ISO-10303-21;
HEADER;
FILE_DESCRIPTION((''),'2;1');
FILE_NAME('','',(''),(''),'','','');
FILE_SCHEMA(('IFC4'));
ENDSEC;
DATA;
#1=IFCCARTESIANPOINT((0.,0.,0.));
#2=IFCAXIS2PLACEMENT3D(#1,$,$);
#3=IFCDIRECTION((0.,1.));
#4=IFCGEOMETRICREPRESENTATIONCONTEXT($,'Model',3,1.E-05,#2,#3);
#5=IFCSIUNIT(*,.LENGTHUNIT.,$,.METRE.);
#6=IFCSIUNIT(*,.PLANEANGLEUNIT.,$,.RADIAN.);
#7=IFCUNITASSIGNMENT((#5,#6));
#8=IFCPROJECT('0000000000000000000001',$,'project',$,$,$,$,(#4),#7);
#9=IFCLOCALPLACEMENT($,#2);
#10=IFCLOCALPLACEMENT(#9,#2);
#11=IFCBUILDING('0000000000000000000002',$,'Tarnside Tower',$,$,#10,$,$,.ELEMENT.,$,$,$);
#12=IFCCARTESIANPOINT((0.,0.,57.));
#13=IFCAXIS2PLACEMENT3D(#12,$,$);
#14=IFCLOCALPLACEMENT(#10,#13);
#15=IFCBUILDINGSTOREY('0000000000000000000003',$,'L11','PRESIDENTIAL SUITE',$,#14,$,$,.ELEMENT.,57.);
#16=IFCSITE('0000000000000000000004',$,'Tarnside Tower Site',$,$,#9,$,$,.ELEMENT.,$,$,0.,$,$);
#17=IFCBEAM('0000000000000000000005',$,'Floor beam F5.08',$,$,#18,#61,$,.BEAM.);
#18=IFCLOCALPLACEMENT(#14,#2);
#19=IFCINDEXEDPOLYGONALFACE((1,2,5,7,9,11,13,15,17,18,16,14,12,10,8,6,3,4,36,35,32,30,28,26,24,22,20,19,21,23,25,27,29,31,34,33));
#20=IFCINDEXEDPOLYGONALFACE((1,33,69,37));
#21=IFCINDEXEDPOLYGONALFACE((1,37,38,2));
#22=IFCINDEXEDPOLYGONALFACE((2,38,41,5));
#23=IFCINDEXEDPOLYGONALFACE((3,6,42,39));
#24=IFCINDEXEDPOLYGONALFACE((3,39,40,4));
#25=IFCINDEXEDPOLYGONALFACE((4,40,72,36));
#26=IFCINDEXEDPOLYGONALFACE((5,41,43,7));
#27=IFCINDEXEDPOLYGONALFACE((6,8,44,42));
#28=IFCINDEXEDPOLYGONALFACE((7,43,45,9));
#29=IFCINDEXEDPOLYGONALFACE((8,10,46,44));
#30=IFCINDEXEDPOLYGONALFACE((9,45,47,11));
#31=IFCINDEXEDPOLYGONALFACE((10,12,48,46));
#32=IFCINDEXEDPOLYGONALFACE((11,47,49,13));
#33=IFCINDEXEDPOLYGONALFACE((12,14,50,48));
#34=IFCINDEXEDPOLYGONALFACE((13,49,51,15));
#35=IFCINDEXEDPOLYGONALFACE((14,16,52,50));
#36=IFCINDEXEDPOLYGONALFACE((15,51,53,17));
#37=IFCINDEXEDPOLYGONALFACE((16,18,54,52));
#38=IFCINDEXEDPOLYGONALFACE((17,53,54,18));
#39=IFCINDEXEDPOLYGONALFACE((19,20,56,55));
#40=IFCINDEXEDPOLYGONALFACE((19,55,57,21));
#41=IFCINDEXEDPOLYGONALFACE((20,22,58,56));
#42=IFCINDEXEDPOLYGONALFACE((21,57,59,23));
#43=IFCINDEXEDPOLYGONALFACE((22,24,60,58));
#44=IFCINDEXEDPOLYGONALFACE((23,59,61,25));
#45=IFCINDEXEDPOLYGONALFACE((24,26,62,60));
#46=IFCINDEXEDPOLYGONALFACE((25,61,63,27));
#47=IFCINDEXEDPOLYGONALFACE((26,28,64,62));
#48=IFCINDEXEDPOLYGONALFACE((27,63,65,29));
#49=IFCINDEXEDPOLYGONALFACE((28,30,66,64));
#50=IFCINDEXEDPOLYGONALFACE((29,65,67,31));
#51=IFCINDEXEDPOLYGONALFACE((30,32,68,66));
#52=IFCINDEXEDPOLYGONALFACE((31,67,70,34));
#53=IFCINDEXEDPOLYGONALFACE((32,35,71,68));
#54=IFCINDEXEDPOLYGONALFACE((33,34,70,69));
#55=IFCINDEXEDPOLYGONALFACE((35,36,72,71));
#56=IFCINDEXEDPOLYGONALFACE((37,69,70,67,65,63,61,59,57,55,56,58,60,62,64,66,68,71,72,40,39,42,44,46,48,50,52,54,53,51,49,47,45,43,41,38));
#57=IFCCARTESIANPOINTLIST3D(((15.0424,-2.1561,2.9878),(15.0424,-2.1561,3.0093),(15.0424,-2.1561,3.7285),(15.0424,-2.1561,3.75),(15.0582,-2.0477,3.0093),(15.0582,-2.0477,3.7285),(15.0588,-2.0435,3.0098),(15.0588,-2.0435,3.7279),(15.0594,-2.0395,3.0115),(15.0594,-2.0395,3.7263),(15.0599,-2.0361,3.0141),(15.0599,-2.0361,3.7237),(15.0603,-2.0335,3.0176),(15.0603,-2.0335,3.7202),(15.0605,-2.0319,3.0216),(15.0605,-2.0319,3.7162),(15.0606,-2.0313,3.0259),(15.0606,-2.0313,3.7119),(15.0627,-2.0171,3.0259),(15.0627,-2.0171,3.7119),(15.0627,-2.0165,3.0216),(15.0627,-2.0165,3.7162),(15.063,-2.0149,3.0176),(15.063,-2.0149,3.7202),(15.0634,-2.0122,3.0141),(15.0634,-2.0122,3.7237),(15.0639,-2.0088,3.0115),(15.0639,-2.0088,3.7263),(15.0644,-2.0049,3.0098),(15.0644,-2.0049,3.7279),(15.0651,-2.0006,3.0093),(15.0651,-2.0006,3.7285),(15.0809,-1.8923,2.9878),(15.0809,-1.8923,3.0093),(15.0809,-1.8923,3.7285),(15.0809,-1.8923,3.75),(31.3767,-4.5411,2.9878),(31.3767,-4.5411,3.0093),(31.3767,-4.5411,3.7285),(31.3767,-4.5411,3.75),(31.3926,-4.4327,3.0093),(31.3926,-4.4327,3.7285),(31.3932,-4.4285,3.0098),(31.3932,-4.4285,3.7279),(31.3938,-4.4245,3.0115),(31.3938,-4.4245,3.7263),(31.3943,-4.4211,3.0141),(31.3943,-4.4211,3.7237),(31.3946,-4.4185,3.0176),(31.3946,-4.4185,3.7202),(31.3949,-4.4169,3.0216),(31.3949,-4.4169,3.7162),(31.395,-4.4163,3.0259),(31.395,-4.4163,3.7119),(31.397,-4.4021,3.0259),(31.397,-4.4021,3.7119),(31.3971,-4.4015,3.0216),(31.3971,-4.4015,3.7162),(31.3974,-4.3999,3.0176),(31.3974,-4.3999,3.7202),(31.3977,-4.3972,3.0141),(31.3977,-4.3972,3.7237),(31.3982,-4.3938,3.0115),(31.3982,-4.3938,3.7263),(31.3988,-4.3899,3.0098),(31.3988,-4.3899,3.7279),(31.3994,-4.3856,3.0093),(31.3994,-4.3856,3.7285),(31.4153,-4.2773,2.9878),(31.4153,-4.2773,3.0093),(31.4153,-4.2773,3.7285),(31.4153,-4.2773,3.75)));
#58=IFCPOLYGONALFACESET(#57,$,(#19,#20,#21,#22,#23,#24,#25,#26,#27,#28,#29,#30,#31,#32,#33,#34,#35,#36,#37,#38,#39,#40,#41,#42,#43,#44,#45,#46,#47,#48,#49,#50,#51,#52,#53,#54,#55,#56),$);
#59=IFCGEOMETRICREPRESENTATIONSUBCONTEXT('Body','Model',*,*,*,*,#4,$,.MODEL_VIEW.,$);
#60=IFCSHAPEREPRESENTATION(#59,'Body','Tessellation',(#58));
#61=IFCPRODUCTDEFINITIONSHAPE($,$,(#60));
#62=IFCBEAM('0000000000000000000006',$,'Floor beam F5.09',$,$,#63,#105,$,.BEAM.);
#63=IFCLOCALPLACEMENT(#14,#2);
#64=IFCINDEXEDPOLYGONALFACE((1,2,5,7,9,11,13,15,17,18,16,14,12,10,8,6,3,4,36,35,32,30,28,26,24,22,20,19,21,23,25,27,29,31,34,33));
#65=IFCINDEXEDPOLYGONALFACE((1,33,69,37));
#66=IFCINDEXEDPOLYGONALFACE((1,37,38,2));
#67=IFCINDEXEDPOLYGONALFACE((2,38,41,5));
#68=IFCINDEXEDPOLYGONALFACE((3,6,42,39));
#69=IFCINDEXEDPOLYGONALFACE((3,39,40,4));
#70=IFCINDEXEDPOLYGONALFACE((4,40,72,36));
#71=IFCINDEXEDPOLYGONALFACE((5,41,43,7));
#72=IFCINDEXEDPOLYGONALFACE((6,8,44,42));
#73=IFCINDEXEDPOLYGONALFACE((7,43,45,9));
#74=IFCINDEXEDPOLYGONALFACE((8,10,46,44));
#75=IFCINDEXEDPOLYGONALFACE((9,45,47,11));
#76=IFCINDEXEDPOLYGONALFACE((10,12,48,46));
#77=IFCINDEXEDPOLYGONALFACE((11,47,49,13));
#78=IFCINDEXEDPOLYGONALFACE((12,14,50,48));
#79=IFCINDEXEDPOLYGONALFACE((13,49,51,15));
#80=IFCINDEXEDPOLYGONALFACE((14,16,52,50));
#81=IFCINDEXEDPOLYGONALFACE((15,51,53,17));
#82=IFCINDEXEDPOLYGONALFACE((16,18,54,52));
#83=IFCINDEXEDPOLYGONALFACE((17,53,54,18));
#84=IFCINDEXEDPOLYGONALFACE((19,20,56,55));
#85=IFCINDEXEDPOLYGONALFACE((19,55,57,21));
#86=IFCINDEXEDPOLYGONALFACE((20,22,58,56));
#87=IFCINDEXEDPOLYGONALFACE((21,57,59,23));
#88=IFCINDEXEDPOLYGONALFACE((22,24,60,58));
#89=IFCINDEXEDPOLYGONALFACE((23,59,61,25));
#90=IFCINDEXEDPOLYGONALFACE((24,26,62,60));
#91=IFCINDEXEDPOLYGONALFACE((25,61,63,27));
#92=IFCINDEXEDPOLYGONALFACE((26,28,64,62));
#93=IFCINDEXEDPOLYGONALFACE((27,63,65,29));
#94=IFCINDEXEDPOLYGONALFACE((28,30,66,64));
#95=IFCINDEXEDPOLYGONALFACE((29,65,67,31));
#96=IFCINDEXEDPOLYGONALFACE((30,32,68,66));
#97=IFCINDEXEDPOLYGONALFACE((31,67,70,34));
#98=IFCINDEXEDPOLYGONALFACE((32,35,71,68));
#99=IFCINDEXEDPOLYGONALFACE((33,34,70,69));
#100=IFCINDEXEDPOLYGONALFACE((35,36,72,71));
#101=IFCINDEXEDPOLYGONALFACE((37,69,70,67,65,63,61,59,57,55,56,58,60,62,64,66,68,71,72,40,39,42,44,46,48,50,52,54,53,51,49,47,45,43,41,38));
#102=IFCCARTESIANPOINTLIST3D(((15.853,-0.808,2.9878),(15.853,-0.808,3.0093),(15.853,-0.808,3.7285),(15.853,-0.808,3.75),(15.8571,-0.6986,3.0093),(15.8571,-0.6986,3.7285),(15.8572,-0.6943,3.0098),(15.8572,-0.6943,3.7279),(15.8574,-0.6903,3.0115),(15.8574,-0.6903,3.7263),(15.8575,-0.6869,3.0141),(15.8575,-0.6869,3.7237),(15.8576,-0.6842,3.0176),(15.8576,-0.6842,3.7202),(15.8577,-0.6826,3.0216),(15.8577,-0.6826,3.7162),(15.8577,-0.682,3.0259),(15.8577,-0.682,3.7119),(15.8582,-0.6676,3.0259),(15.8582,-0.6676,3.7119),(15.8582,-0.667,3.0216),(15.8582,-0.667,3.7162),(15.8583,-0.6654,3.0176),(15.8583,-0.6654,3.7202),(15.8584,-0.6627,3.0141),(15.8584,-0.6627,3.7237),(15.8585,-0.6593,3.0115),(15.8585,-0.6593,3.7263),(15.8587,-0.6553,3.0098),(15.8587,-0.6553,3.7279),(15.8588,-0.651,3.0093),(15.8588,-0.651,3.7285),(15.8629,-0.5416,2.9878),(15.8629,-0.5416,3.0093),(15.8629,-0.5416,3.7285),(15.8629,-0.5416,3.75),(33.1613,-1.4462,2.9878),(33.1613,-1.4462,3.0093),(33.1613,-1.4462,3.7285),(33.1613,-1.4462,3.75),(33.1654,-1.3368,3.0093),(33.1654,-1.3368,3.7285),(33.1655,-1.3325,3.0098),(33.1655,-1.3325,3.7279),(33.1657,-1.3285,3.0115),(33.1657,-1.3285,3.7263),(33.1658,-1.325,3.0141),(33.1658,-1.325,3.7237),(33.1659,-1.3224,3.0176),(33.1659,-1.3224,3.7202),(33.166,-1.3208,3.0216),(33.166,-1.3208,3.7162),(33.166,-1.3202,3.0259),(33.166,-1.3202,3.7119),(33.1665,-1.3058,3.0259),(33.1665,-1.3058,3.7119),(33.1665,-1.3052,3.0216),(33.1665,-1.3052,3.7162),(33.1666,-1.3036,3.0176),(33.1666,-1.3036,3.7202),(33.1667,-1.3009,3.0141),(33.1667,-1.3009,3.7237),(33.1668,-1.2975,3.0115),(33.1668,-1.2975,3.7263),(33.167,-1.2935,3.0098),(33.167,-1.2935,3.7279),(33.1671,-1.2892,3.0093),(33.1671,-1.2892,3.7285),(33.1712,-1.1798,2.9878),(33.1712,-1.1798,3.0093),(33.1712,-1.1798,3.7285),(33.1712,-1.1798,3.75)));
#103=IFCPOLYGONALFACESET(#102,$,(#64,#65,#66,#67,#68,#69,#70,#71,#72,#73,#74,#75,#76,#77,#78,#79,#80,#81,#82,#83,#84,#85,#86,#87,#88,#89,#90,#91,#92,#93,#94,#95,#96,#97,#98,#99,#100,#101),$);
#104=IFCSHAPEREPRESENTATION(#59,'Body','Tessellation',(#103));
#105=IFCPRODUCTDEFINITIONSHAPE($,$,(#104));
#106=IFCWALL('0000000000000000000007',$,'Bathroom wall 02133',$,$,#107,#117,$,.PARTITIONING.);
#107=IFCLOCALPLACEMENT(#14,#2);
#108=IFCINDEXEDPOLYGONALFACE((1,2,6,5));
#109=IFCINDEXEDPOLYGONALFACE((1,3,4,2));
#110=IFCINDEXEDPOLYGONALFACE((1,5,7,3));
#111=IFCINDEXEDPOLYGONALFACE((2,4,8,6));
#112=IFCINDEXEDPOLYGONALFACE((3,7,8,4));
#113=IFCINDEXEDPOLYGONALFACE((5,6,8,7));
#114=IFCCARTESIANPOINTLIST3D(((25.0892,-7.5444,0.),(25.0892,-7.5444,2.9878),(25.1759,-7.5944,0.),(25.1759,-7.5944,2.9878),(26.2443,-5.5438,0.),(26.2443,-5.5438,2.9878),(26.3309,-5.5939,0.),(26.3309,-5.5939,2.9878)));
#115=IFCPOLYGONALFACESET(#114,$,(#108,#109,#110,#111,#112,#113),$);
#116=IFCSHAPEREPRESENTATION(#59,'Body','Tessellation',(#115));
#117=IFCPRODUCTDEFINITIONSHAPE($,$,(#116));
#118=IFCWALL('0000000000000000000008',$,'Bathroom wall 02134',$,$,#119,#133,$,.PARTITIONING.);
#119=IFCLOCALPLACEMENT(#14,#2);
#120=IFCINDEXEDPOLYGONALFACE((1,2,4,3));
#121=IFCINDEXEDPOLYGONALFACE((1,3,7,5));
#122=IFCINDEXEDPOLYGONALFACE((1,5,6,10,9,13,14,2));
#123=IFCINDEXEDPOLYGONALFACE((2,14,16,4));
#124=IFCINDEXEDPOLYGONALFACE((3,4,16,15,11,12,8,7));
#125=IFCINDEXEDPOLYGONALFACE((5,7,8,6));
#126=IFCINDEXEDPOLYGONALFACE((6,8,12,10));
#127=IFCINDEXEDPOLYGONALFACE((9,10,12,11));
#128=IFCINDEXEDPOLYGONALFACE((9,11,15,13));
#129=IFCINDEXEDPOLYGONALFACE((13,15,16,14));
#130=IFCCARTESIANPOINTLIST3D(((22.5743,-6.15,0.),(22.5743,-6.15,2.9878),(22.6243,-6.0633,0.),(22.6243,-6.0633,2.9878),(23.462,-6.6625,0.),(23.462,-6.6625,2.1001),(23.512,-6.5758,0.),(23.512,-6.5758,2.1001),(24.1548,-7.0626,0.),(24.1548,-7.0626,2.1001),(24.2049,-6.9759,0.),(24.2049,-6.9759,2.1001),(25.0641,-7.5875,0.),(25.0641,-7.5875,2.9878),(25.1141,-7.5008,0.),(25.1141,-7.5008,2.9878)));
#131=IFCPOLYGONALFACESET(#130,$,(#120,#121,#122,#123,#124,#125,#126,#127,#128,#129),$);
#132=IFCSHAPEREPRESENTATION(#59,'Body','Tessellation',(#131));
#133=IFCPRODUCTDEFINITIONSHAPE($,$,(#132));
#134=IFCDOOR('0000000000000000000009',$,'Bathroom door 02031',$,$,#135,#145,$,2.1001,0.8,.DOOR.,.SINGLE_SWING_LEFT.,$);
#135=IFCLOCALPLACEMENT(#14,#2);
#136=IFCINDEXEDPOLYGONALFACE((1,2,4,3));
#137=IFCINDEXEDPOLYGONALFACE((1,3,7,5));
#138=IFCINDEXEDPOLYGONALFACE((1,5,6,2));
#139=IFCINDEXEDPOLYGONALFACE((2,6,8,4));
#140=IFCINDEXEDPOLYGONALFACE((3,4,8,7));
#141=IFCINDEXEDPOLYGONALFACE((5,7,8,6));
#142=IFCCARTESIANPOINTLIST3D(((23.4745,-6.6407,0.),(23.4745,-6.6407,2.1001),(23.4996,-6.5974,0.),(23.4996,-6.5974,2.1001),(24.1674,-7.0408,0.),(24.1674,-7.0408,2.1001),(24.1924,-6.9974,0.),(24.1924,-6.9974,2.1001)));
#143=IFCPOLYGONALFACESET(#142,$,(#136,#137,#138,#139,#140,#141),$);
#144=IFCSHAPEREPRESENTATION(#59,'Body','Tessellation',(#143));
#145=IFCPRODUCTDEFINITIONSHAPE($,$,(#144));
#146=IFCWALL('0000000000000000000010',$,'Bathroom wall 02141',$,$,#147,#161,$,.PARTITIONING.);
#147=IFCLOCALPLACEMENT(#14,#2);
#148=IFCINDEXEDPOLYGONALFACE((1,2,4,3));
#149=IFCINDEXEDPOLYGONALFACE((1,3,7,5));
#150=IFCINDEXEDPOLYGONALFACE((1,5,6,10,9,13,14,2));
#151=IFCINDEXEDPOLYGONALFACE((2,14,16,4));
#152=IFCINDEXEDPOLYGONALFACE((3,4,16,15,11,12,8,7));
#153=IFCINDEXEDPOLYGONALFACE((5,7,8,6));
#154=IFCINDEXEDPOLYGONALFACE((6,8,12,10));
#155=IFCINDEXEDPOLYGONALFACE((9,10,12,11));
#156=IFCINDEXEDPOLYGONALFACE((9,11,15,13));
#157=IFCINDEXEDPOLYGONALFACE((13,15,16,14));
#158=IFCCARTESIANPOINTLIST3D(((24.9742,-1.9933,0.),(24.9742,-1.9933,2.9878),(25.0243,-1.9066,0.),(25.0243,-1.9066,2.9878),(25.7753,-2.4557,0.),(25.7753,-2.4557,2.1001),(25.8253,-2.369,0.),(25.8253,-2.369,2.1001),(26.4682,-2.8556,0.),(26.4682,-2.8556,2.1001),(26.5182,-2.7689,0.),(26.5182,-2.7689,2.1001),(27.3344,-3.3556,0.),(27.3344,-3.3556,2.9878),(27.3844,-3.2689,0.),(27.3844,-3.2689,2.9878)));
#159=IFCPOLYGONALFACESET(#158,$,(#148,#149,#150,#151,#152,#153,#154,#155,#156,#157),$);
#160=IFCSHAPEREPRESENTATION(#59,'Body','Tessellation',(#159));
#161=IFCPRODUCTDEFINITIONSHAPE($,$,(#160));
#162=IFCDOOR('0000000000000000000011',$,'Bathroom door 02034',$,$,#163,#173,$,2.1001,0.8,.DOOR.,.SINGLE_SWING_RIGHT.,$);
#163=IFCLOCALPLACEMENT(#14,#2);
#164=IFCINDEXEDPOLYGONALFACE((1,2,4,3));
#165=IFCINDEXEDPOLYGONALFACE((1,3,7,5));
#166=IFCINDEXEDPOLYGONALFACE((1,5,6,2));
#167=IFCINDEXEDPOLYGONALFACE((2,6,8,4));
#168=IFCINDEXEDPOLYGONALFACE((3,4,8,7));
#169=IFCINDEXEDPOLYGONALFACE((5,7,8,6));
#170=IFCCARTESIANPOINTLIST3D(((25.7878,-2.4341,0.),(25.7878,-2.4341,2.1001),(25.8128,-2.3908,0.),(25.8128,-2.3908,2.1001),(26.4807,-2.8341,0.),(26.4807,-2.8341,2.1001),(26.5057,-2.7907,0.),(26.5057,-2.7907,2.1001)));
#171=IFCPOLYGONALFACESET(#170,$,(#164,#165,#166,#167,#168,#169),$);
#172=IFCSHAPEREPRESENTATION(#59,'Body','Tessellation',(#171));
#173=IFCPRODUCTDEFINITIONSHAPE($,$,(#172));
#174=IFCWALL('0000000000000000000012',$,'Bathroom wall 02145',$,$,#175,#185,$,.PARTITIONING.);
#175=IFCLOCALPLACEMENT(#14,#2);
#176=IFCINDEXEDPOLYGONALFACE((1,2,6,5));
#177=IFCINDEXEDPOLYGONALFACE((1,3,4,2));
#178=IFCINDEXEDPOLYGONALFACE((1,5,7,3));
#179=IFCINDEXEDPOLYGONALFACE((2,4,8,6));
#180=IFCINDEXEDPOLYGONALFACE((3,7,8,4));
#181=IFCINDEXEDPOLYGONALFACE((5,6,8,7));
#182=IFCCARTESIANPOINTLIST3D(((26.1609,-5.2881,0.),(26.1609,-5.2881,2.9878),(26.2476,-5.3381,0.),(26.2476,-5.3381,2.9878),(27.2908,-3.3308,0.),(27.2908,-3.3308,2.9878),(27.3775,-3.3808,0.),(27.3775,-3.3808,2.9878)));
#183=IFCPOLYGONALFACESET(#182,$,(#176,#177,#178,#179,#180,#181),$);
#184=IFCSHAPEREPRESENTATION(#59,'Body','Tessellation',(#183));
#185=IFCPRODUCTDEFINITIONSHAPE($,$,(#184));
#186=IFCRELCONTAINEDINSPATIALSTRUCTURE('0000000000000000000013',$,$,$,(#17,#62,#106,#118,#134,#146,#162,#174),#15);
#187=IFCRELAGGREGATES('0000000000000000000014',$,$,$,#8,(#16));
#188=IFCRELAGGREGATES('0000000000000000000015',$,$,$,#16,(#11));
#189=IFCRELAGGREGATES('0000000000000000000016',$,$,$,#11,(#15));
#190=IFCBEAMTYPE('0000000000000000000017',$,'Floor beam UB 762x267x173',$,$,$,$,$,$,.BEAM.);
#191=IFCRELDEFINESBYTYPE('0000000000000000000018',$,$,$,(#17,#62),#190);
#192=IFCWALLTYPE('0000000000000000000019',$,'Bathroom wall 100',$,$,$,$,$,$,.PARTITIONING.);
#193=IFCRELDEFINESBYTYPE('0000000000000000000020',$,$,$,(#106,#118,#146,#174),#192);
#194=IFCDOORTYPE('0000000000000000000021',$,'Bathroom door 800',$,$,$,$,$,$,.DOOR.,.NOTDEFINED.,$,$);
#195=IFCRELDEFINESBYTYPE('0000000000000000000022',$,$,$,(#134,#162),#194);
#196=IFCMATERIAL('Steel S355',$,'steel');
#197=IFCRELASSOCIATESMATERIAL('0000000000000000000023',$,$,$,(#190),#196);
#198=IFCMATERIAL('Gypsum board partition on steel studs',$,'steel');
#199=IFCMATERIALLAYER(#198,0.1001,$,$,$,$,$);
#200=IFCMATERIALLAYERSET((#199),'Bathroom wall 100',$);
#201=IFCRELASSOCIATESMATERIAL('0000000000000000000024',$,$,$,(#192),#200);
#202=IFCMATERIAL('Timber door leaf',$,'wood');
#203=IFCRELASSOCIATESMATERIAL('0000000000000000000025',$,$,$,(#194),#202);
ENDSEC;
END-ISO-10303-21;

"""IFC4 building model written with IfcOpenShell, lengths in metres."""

from ifc_helpers import new_model, si_unit, direction, frame, frame_2d, origin, origin_2d, place, context, subcontext, project, spatial, rectangle, i_section, extrude, material, layer, layer_set, material_profile, profile_set, type_object, element, fill, save


model = new_model("IFC4")

# Units and contexts
model_context = context("Model", 3, precision=1e-05, world=origin(), true_north=direction((0.0, 1.0)))
body_context = subcontext(model_context, "Body", "Model", "MODEL_VIEW")
ifc_project = project(units=[si_unit("LENGTHUNIT", "METRE"), si_unit("PLANEANGLEUNIT", "RADIAN")], contexts=[model_context])

# Site, building, storey
site_placement = place(None, origin())
site = spatial("IfcSite", under=ifc_project, at=site_placement, Name="Tarnside Tower Site", CompositionType="ELEMENT", RefElevation=0.0)
building_placement = place(site_placement, origin())
building = spatial("IfcBuilding", under=site, at=building_placement, Name="Tarnside Tower", CompositionType="ELEMENT")
storey_placement = place(building_placement, frame((0.0, 0.0, 57.0)))
storey = spatial("IfcBuildingStorey", under=building, at=storey_placement, Name="L11", Description="PRESIDENTIAL SUITE", CompositionType="ELEMENT", Elevation=57.0)

# Beams
ifc_material_1 = material(Name="Steel S355", Category="steel")
ifc_material_profile_1 = material_profile(ifc_material_1, i_section(OverallWidth=0.2666, OverallDepth=0.7622, WebThickness=0.0144, FlangeThickness=0.0215, FilletRadius=0.0166, at=origin_2d()), Name="UB 762x267x173")
ifc_profile_set_1 = profile_set([ifc_material_profile_1], Name="Steel S355")
beam_type_1 = type_object("IfcBeamType", Name="Floor beam UB 762x267x173", PredefinedType="BEAM", material=ifc_profile_set_1)
beam_1_placement = place(storey_placement, frame((31.396, -4.4092, 3.3689), z_axis=(-0.989508, 0.144479, 0.0), x_axis=(-0.144479, -0.989508, 0.0)))
element("IfcBeam", 1, at=beam_1_placement, inside=storey, type_object=beam_type_1, Name="Floor beam F5.08", PredefinedType="BEAM", context=body_context, shape_type="SweptSolid", body=[
    extrude(i_section(OverallWidth=0.2666, OverallDepth=0.7622, WebThickness=0.0144, FlangeThickness=0.0215, FilletRadius=0.0166, at=origin_2d()), origin(), (0.0, 0.0, 1.0), 16.5076),
])
beam_2_placement = place(storey_placement, frame((33.1663, -1.313, 3.3689), z_axis=(-0.999321, 0.036846, 0.0), x_axis=(-0.036846, -0.999321, 0.0)))
element("IfcBeam", 2, at=beam_2_placement, inside=storey, type_object=beam_type_1, Name="Floor beam F5.09", PredefinedType="BEAM", context=body_context, shape_type="SweptSolid", body=[
    extrude(i_section(OverallWidth=0.2666, OverallDepth=0.7622, WebThickness=0.0144, FlangeThickness=0.0215, FilletRadius=0.0166, at=origin_2d()), origin(), (0.0, 0.0, 1.0), 17.3201),
])

# Wall
ifc_material_2 = material(Name="Gypsum board partition on steel studs", Category="steel")
ifc_layer_1 = layer(ifc_material_2, 0.1001)
ifc_layer_set_1 = layer_set([ifc_layer_1], Name="Bathroom wall 100")
wall_type_1 = type_object("IfcWallType", Name="Bathroom wall 100", PredefinedType="PARTITIONING", material=ifc_layer_set_1)
wall_1_placement = place(storey_placement, frame((26.2876, -5.5688, 0.0), z_axis=(0.0, 0.0, 1.0), x_axis=(-0.500015, -0.866017, 0.0)))
element("IfcWall", 3, at=wall_1_placement, inside=storey, type_object=wall_type_1, Name="Bathroom wall 02133", PredefinedType="PARTITIONING", context=body_context, shape_type="SweptSolid", body=[
    extrude(rectangle(XDim=2.3101, YDim=0.1001, at=frame_2d((1.155, 0.0))), origin(), (0.0, 0.0, 1.0), 2.9878),
])

# Walls, openings, doors
wall_2_placement = place(storey_placement, frame((25.0891, -7.5442, 0.0), z_axis=(0.0, 0.0, 1.0), x_axis=(-0.866019, 0.500012, 0.0)))
wall_2 = element("IfcWall", 4, at=wall_2_placement, inside=storey, type_object=wall_type_1, Name="Bathroom wall 02134", PredefinedType="PARTITIONING", context=body_context, shape_type="SweptSolid", body=[
    extrude(rectangle(XDim=2.875, YDim=0.1001, at=frame_2d((1.4375, 0.0))), origin(), (0.0, 0.0, 1.0), 2.9878),
])
opening_1_placement = place(wall_2_placement, frame((1.05, 0.0, 0.0)))
opening_1 = element("IfcOpeningElement", 5, at=opening_1_placement, cuts=wall_2, PredefinedType="OPENING", context=body_context, shape_type="SweptSolid", body=[
    extrude(rectangle(XDim=0.8, YDim=2.1001, at=frame_2d((0.3999, 1.05))), frame((0.0, 0.0601, 0.0), z_axis=(0.0, -1.0, 0.0), x_axis=(1.0, 0.0, 0.0)), (0.0, 0.0, 1.0), 0.1201),
])
ifc_material_3 = material(Name="Timber door leaf", Category="wood")
door_type_1 = type_object("IfcDoorType", Name="Bathroom door 800", OperationType="NOTDEFINED", PredefinedType="DOOR", material=ifc_material_3)
door_1_placement = place(opening_1_placement, origin())
door_1 = element("IfcDoor", 6, at=door_1_placement, inside=storey, type_object=door_type_1, Name="Bathroom door 02031", OperationType="SINGLE_SWING_LEFT", OverallHeight=2.1001, OverallWidth=0.8, PredefinedType="DOOR", context=body_context, shape_type="SweptSolid", body=[
    extrude(rectangle(XDim=0.8, YDim=2.1001, at=frame_2d((0.3999, 1.05))), frame((0.0, 0.0249, 0.0), z_axis=(0.0, -1.0, 0.0), x_axis=(1.0, 0.0, 0.0)), (0.0, 0.0, 1.0), 0.05),
])
fill(opening_1, door_1)
wall_3_placement = place(storey_placement, frame((24.9993, -1.95, 0.0), z_axis=(0.0, 0.0, 1.0), x_axis=(0.866074, -0.499916, 0.0)))
wall_3 = element("IfcWall", 7, at=wall_3_placement, inside=storey, type_object=wall_type_1, Name="Bathroom wall 02141", PredefinedType="PARTITIONING", context=body_context, shape_type="SweptSolid", body=[
    extrude(rectangle(XDim=2.7251, YDim=0.1001, at=frame_2d((1.3625, 0.0))), origin(), (0.0, 0.0, 1.0), 2.9878),
])
opening_2_placement = place(wall_3_placement, frame((0.925, 0.0, 0.0)))
opening_2 = element("IfcOpeningElement", 8, at=opening_2_placement, cuts=wall_3, PredefinedType="OPENING", context=body_context, shape_type="SweptSolid", body=[
    extrude(rectangle(XDim=0.8, YDim=2.1001, at=frame_2d((0.3999, 1.05))), frame((0.0, 0.0601, 0.0), z_axis=(0.0, -1.0, 0.0), x_axis=(1.0, 0.0, 0.0)), (0.0, 0.0, 1.0), 0.1201),
])
door_2_placement = place(opening_2_placement, origin())
door_2 = element("IfcDoor", 9, at=door_2_placement, inside=storey, type_object=door_type_1, Name="Bathroom door 02034", OperationType="SINGLE_SWING_RIGHT", OverallHeight=2.1001, OverallWidth=0.8, PredefinedType="DOOR", context=body_context, shape_type="SweptSolid", body=[
    extrude(rectangle(XDim=0.8, YDim=2.1001, at=frame_2d((0.3999, 1.05))), frame((0.0, 0.0249, 0.0), z_axis=(0.0, -1.0, 0.0), x_axis=(1.0, 0.0, 0.0)), (0.0, 0.0, 1.0), 0.05),
])
fill(opening_2, door_2)

# Wall
wall_4_placement = place(storey_placement, frame((26.2043, -5.313, 0.0), z_axis=(0.0, 0.0, 1.0), x_axis=(0.49995, 0.866054, 0.0)))
element("IfcWall", 10, at=wall_4_placement, inside=storey, type_object=wall_type_1, Name="Bathroom wall 02145", PredefinedType="PARTITIONING", context=body_context, shape_type="SweptSolid", body=[
    extrude(rectangle(XDim=2.26, YDim=0.1001, at=frame_2d((1.1299, 0.0))), origin(), (0.0, 0.0, 1.0), 2.9878),
])

save(model, "model.ifc")
